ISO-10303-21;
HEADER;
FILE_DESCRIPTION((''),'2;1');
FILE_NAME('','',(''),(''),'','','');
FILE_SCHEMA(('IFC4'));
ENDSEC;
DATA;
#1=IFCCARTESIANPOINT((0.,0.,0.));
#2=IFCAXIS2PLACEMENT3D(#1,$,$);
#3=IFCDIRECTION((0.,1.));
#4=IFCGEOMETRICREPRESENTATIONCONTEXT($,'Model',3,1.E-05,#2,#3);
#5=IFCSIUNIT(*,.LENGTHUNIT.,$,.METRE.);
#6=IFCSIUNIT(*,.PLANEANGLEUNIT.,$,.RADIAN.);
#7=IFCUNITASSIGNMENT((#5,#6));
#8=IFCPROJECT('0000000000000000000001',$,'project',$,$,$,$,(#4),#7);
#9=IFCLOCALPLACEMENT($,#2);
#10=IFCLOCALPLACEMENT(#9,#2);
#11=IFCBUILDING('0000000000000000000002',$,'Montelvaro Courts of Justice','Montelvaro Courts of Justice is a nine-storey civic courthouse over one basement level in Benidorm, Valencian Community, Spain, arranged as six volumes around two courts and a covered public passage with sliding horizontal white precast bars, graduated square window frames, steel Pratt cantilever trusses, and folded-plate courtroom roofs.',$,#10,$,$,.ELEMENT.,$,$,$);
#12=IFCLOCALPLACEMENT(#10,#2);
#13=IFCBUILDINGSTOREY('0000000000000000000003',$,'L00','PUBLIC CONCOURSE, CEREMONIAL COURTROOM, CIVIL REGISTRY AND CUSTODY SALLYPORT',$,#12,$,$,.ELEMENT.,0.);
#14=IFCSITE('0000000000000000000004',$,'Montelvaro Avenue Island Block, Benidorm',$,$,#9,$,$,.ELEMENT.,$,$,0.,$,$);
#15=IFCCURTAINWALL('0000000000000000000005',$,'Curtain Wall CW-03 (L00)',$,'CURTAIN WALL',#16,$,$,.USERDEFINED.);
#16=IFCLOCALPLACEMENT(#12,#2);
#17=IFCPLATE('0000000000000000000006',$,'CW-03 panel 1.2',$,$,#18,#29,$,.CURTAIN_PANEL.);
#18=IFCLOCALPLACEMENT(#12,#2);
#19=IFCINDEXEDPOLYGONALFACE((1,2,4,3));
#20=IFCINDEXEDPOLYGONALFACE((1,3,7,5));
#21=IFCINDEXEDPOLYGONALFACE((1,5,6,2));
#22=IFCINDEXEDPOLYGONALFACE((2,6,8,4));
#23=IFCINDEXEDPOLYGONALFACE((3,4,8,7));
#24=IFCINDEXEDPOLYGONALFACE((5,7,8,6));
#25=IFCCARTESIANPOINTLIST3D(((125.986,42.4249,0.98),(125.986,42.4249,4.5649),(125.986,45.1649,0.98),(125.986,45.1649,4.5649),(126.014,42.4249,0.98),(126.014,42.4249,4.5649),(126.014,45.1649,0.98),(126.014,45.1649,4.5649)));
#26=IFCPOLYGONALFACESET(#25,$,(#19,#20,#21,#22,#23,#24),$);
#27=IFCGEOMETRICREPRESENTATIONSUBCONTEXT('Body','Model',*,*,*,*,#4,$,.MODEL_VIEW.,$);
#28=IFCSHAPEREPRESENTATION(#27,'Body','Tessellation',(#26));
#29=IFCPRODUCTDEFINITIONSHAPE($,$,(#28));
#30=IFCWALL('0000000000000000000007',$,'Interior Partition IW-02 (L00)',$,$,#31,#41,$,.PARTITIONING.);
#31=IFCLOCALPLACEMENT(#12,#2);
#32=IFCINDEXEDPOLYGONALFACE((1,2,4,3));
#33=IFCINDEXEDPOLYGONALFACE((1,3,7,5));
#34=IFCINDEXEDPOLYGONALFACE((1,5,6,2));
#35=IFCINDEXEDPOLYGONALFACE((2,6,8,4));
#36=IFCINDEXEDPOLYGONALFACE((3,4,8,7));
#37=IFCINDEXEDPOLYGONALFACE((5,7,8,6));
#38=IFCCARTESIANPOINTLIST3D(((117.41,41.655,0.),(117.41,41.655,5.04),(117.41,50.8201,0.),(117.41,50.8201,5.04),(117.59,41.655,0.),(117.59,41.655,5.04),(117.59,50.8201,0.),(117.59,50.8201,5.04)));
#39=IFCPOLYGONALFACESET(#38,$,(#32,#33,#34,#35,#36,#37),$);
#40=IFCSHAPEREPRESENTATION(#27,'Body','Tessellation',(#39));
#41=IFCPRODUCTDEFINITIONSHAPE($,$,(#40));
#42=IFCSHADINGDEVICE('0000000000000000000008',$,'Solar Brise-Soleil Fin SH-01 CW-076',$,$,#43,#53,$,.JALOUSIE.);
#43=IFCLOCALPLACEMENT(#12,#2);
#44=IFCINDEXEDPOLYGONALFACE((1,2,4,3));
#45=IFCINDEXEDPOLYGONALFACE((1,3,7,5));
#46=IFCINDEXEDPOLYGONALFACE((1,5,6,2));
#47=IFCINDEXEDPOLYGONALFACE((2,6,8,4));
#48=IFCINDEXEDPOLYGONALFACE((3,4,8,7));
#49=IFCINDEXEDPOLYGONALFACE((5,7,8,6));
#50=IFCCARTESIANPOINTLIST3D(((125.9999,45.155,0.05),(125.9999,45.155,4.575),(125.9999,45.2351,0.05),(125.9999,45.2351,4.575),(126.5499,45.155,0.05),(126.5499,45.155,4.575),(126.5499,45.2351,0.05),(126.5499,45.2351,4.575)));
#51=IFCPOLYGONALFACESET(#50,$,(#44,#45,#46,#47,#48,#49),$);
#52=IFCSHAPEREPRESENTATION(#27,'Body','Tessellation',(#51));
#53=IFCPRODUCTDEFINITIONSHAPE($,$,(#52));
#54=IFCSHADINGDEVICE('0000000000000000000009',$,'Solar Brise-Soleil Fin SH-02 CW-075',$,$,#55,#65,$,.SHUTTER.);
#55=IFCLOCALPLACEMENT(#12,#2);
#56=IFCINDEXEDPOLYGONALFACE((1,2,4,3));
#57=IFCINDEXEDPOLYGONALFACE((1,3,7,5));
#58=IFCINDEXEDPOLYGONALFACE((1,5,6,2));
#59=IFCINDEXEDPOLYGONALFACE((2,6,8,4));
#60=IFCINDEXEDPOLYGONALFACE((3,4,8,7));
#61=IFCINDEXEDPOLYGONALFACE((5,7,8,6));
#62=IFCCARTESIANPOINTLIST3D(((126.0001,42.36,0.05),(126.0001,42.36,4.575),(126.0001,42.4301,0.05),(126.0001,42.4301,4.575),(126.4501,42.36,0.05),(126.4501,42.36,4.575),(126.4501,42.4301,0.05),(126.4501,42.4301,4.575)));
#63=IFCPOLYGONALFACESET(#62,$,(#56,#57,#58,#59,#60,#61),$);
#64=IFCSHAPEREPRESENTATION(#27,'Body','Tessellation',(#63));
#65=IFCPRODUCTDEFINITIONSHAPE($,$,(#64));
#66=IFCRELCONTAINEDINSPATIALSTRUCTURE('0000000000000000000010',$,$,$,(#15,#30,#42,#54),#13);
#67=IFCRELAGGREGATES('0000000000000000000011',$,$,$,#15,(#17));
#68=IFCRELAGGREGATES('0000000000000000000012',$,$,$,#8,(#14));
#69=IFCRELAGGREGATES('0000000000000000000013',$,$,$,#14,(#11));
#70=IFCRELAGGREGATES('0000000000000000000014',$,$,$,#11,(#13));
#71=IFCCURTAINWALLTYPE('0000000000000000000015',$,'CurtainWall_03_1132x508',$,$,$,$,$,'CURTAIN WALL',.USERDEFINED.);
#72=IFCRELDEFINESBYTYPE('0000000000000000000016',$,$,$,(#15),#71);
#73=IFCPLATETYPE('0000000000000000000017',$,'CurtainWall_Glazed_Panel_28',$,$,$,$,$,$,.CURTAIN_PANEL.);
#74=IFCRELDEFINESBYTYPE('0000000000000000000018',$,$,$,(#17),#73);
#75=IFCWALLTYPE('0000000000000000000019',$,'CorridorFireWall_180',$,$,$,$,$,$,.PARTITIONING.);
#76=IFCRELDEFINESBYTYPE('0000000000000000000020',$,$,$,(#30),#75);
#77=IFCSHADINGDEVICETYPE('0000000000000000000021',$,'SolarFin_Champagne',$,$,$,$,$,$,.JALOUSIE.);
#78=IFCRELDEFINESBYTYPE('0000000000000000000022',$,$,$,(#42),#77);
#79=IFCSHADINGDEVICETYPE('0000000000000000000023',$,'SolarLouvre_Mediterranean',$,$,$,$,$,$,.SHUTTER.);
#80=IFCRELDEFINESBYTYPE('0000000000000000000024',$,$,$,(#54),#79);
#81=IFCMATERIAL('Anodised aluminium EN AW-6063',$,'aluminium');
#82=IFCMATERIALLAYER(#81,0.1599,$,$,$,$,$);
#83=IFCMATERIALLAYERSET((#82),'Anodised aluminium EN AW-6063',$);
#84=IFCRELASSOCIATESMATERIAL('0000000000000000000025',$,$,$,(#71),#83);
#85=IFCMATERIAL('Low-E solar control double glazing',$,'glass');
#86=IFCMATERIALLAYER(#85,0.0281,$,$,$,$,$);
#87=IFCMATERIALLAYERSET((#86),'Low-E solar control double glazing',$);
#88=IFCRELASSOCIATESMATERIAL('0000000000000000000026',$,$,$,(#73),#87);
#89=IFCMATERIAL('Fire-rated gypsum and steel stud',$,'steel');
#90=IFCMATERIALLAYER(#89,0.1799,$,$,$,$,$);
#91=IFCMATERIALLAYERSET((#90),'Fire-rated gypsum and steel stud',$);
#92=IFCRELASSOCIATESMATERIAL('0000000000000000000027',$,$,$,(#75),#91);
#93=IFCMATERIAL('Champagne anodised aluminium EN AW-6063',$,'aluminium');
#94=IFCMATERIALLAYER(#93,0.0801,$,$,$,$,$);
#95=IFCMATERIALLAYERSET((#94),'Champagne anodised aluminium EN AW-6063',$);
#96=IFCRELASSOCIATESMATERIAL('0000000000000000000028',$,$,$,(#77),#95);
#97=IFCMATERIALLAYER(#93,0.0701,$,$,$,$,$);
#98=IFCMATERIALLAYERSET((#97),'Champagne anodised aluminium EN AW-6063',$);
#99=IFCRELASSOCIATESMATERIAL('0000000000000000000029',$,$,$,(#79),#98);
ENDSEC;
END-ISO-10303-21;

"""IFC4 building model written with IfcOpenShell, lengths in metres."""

from ifc_helpers import new_model, si_unit, direction, frame, frame_2d, origin, origin_2d, place, context, subcontext, project, spatial, rectangle, extrude, material, layer, layer_set, type_object, element, aggregate, save


model = new_model("IFC4")

# Units and contexts
model_context = context("Model", 3, precision=1e-05, world=origin(), true_north=direction((0.0, 1.0)))
body_context = subcontext(model_context, "Body", "Model", "MODEL_VIEW")
ifc_project = project(units=[si_unit("LENGTHUNIT", "METRE"), si_unit("PLANEANGLEUNIT", "RADIAN")], contexts=[model_context])

# Site, building, storey
site_placement = place(None, origin())
site = spatial("IfcSite", under=ifc_project, at=site_placement, Name="Montelvaro Avenue Island Block, Benidorm", CompositionType="ELEMENT", RefElevation=0.0)
building_placement = place(site_placement, origin())
building = spatial("IfcBuilding", under=site, at=building_placement, Name="Montelvaro Courts of Justice", Description="Montelvaro Courts of Justice is a nine-storey civic courthouse over one basement level in Benidorm, Valencian Community, Spain, arranged as six volumes around two courts and a covered public passage with sliding horizontal white precast bars, graduated square window frames, steel Pratt cantilever trusses, and folded-plate courtroom roofs.", CompositionType="ELEMENT")
storey_placement = place(building_placement, origin())
storey = spatial("IfcBuildingStorey", under=building, at=storey_placement, Name="L00", Description="PUBLIC CONCOURSE, CEREMONIAL COURTROOM, CIVIL REGISTRY AND CUSTODY SALLYPORT", CompositionType="ELEMENT", Elevation=0.0)

# Shared definitions
ifc_material_1 = material(Name="Anodised aluminium EN AW-6063", Category="aluminium")

# Curtain wall
ifc_layer_1 = layer(ifc_material_1, 0.1599)
ifc_layer_set_1 = layer_set([ifc_layer_1], Name="Anodised aluminium EN AW-6063")
curtain_wall_type_1 = type_object("IfcCurtainWallType", Name="CurtainWall_03_1132x508", ElementType="CURTAIN WALL", PredefinedType="USERDEFINED", material=ifc_layer_set_1)
curtain_wall_1_placement = place(storey_placement, origin())
curtain_wall_1 = element("IfcCurtainWall", 1, at=curtain_wall_1_placement, inside=storey, type_object=curtain_wall_type_1, Name="Curtain Wall CW-03 (L00)", ObjectType="CURTAIN WALL", PredefinedType="USERDEFINED")

# Plate
ifc_material_2 = material(Name="Low-E solar control double glazing", Category="glass")
ifc_layer_2 = layer(ifc_material_2, 0.0281)
ifc_layer_set_2 = layer_set([ifc_layer_2], Name="Low-E solar control double glazing")
plate_type = type_object("IfcPlateType", Name="CurtainWall_Glazed_Panel_28", PredefinedType="CURTAIN_PANEL", material=ifc_layer_set_2)
plate_1_placement = place(storey_placement, frame((126.0, 43.7949, 0.98), z_axis=(0.0, 0.0, 1.0), x_axis=(0.0, 1.0, 0.0)))
plate_1 = element("IfcPlate", 2, at=plate_1_placement, type_object=plate_type, Name="CW-03 panel 1.2", PredefinedType="CURTAIN_PANEL", context=body_context, shape_type="SweptSolid", body=[
    extrude(rectangle(XDim=2.74, YDim=0.0281, at=origin_2d()), origin(), (0.0, 0.0, 1.0), 3.585),
])
aggregate(curtain_wall_1, [plate_1])

# Wall
ifc_material_3 = material(Name="Fire-rated gypsum and steel stud", Category="steel")
ifc_layer_3 = layer(ifc_material_3, 0.1799)
ifc_layer_set_3 = layer_set([ifc_layer_3], Name="Fire-rated gypsum and steel stud")
wall_type = type_object("IfcWallType", Name="CorridorFireWall_180", PredefinedType="PARTITIONING", material=ifc_layer_set_3)
wall_placement = place(storey_placement, frame((117.5, 41.655, 0.0), z_axis=(0.0, 0.0, 1.0), x_axis=(0.0, 1.0, 0.0)))
element("IfcWall", 3, at=wall_placement, inside=storey, type_object=wall_type, Name="Interior Partition IW-02 (L00)", PredefinedType="PARTITIONING", context=body_context, shape_type="SweptSolid", body=[
    extrude(rectangle(XDim=9.165, YDim=0.1799, at=frame_2d((4.5825, 0.0))), origin(), (0.0, 0.0, 1.0), 5.04),
])

# Shading devices
ifc_material_4 = material(Name="Champagne anodised aluminium EN AW-6063", Category="aluminium")
ifc_layer_4 = layer(ifc_material_4, 0.0801)
ifc_layer_set_4 = layer_set([ifc_layer_4], Name="Champagne anodised aluminium EN AW-6063")
shading_device_type_1 = type_object("IfcShadingDeviceType", Name="SolarFin_Champagne", PredefinedType="JALOUSIE", material=ifc_layer_set_4)
shading_device_1_placement = place(storey_placement, frame((126.2749, 45.1951, 0.05), z_axis=(0.0, 0.0, 1.0), x_axis=(0.0, 1.0, 0.0)))
element("IfcShadingDevice", 4, at=shading_device_1_placement, inside=storey, type_object=shading_device_type_1, Name="Solar Brise-Soleil Fin SH-01 CW-076", PredefinedType="JALOUSIE", context=body_context, shape_type="SweptSolid", body=[
    extrude(rectangle(XDim=0.0801, YDim=0.55, at=origin_2d()), origin(), (0.0, 0.0, 1.0), 4.5249),
])
ifc_layer_5 = layer(ifc_material_4, 0.0701)
ifc_layer_set_5 = layer_set([ifc_layer_5], Name="Champagne anodised aluminium EN AW-6063")
shading_device_type_2 = type_object("IfcShadingDeviceType", Name="SolarLouvre_Mediterranean", PredefinedType="SHUTTER", material=ifc_layer_set_5)
shading_device_2_placement = place(storey_placement, frame((126.2251, 42.395, 0.05), z_axis=(0.0, 0.0, 1.0), x_axis=(0.0, 1.0, 0.0)))
element("IfcShadingDevice", 5, at=shading_device_2_placement, inside=storey, type_object=shading_device_type_2, Name="Solar Brise-Soleil Fin SH-02 CW-075", PredefinedType="SHUTTER", context=body_context, shape_type="SweptSolid", body=[
    extrude(rectangle(XDim=0.0701, YDim=0.45, at=origin_2d()), origin(), (0.0, 0.0, 1.0), 4.5249),
])

save(model, "model.ifc")
